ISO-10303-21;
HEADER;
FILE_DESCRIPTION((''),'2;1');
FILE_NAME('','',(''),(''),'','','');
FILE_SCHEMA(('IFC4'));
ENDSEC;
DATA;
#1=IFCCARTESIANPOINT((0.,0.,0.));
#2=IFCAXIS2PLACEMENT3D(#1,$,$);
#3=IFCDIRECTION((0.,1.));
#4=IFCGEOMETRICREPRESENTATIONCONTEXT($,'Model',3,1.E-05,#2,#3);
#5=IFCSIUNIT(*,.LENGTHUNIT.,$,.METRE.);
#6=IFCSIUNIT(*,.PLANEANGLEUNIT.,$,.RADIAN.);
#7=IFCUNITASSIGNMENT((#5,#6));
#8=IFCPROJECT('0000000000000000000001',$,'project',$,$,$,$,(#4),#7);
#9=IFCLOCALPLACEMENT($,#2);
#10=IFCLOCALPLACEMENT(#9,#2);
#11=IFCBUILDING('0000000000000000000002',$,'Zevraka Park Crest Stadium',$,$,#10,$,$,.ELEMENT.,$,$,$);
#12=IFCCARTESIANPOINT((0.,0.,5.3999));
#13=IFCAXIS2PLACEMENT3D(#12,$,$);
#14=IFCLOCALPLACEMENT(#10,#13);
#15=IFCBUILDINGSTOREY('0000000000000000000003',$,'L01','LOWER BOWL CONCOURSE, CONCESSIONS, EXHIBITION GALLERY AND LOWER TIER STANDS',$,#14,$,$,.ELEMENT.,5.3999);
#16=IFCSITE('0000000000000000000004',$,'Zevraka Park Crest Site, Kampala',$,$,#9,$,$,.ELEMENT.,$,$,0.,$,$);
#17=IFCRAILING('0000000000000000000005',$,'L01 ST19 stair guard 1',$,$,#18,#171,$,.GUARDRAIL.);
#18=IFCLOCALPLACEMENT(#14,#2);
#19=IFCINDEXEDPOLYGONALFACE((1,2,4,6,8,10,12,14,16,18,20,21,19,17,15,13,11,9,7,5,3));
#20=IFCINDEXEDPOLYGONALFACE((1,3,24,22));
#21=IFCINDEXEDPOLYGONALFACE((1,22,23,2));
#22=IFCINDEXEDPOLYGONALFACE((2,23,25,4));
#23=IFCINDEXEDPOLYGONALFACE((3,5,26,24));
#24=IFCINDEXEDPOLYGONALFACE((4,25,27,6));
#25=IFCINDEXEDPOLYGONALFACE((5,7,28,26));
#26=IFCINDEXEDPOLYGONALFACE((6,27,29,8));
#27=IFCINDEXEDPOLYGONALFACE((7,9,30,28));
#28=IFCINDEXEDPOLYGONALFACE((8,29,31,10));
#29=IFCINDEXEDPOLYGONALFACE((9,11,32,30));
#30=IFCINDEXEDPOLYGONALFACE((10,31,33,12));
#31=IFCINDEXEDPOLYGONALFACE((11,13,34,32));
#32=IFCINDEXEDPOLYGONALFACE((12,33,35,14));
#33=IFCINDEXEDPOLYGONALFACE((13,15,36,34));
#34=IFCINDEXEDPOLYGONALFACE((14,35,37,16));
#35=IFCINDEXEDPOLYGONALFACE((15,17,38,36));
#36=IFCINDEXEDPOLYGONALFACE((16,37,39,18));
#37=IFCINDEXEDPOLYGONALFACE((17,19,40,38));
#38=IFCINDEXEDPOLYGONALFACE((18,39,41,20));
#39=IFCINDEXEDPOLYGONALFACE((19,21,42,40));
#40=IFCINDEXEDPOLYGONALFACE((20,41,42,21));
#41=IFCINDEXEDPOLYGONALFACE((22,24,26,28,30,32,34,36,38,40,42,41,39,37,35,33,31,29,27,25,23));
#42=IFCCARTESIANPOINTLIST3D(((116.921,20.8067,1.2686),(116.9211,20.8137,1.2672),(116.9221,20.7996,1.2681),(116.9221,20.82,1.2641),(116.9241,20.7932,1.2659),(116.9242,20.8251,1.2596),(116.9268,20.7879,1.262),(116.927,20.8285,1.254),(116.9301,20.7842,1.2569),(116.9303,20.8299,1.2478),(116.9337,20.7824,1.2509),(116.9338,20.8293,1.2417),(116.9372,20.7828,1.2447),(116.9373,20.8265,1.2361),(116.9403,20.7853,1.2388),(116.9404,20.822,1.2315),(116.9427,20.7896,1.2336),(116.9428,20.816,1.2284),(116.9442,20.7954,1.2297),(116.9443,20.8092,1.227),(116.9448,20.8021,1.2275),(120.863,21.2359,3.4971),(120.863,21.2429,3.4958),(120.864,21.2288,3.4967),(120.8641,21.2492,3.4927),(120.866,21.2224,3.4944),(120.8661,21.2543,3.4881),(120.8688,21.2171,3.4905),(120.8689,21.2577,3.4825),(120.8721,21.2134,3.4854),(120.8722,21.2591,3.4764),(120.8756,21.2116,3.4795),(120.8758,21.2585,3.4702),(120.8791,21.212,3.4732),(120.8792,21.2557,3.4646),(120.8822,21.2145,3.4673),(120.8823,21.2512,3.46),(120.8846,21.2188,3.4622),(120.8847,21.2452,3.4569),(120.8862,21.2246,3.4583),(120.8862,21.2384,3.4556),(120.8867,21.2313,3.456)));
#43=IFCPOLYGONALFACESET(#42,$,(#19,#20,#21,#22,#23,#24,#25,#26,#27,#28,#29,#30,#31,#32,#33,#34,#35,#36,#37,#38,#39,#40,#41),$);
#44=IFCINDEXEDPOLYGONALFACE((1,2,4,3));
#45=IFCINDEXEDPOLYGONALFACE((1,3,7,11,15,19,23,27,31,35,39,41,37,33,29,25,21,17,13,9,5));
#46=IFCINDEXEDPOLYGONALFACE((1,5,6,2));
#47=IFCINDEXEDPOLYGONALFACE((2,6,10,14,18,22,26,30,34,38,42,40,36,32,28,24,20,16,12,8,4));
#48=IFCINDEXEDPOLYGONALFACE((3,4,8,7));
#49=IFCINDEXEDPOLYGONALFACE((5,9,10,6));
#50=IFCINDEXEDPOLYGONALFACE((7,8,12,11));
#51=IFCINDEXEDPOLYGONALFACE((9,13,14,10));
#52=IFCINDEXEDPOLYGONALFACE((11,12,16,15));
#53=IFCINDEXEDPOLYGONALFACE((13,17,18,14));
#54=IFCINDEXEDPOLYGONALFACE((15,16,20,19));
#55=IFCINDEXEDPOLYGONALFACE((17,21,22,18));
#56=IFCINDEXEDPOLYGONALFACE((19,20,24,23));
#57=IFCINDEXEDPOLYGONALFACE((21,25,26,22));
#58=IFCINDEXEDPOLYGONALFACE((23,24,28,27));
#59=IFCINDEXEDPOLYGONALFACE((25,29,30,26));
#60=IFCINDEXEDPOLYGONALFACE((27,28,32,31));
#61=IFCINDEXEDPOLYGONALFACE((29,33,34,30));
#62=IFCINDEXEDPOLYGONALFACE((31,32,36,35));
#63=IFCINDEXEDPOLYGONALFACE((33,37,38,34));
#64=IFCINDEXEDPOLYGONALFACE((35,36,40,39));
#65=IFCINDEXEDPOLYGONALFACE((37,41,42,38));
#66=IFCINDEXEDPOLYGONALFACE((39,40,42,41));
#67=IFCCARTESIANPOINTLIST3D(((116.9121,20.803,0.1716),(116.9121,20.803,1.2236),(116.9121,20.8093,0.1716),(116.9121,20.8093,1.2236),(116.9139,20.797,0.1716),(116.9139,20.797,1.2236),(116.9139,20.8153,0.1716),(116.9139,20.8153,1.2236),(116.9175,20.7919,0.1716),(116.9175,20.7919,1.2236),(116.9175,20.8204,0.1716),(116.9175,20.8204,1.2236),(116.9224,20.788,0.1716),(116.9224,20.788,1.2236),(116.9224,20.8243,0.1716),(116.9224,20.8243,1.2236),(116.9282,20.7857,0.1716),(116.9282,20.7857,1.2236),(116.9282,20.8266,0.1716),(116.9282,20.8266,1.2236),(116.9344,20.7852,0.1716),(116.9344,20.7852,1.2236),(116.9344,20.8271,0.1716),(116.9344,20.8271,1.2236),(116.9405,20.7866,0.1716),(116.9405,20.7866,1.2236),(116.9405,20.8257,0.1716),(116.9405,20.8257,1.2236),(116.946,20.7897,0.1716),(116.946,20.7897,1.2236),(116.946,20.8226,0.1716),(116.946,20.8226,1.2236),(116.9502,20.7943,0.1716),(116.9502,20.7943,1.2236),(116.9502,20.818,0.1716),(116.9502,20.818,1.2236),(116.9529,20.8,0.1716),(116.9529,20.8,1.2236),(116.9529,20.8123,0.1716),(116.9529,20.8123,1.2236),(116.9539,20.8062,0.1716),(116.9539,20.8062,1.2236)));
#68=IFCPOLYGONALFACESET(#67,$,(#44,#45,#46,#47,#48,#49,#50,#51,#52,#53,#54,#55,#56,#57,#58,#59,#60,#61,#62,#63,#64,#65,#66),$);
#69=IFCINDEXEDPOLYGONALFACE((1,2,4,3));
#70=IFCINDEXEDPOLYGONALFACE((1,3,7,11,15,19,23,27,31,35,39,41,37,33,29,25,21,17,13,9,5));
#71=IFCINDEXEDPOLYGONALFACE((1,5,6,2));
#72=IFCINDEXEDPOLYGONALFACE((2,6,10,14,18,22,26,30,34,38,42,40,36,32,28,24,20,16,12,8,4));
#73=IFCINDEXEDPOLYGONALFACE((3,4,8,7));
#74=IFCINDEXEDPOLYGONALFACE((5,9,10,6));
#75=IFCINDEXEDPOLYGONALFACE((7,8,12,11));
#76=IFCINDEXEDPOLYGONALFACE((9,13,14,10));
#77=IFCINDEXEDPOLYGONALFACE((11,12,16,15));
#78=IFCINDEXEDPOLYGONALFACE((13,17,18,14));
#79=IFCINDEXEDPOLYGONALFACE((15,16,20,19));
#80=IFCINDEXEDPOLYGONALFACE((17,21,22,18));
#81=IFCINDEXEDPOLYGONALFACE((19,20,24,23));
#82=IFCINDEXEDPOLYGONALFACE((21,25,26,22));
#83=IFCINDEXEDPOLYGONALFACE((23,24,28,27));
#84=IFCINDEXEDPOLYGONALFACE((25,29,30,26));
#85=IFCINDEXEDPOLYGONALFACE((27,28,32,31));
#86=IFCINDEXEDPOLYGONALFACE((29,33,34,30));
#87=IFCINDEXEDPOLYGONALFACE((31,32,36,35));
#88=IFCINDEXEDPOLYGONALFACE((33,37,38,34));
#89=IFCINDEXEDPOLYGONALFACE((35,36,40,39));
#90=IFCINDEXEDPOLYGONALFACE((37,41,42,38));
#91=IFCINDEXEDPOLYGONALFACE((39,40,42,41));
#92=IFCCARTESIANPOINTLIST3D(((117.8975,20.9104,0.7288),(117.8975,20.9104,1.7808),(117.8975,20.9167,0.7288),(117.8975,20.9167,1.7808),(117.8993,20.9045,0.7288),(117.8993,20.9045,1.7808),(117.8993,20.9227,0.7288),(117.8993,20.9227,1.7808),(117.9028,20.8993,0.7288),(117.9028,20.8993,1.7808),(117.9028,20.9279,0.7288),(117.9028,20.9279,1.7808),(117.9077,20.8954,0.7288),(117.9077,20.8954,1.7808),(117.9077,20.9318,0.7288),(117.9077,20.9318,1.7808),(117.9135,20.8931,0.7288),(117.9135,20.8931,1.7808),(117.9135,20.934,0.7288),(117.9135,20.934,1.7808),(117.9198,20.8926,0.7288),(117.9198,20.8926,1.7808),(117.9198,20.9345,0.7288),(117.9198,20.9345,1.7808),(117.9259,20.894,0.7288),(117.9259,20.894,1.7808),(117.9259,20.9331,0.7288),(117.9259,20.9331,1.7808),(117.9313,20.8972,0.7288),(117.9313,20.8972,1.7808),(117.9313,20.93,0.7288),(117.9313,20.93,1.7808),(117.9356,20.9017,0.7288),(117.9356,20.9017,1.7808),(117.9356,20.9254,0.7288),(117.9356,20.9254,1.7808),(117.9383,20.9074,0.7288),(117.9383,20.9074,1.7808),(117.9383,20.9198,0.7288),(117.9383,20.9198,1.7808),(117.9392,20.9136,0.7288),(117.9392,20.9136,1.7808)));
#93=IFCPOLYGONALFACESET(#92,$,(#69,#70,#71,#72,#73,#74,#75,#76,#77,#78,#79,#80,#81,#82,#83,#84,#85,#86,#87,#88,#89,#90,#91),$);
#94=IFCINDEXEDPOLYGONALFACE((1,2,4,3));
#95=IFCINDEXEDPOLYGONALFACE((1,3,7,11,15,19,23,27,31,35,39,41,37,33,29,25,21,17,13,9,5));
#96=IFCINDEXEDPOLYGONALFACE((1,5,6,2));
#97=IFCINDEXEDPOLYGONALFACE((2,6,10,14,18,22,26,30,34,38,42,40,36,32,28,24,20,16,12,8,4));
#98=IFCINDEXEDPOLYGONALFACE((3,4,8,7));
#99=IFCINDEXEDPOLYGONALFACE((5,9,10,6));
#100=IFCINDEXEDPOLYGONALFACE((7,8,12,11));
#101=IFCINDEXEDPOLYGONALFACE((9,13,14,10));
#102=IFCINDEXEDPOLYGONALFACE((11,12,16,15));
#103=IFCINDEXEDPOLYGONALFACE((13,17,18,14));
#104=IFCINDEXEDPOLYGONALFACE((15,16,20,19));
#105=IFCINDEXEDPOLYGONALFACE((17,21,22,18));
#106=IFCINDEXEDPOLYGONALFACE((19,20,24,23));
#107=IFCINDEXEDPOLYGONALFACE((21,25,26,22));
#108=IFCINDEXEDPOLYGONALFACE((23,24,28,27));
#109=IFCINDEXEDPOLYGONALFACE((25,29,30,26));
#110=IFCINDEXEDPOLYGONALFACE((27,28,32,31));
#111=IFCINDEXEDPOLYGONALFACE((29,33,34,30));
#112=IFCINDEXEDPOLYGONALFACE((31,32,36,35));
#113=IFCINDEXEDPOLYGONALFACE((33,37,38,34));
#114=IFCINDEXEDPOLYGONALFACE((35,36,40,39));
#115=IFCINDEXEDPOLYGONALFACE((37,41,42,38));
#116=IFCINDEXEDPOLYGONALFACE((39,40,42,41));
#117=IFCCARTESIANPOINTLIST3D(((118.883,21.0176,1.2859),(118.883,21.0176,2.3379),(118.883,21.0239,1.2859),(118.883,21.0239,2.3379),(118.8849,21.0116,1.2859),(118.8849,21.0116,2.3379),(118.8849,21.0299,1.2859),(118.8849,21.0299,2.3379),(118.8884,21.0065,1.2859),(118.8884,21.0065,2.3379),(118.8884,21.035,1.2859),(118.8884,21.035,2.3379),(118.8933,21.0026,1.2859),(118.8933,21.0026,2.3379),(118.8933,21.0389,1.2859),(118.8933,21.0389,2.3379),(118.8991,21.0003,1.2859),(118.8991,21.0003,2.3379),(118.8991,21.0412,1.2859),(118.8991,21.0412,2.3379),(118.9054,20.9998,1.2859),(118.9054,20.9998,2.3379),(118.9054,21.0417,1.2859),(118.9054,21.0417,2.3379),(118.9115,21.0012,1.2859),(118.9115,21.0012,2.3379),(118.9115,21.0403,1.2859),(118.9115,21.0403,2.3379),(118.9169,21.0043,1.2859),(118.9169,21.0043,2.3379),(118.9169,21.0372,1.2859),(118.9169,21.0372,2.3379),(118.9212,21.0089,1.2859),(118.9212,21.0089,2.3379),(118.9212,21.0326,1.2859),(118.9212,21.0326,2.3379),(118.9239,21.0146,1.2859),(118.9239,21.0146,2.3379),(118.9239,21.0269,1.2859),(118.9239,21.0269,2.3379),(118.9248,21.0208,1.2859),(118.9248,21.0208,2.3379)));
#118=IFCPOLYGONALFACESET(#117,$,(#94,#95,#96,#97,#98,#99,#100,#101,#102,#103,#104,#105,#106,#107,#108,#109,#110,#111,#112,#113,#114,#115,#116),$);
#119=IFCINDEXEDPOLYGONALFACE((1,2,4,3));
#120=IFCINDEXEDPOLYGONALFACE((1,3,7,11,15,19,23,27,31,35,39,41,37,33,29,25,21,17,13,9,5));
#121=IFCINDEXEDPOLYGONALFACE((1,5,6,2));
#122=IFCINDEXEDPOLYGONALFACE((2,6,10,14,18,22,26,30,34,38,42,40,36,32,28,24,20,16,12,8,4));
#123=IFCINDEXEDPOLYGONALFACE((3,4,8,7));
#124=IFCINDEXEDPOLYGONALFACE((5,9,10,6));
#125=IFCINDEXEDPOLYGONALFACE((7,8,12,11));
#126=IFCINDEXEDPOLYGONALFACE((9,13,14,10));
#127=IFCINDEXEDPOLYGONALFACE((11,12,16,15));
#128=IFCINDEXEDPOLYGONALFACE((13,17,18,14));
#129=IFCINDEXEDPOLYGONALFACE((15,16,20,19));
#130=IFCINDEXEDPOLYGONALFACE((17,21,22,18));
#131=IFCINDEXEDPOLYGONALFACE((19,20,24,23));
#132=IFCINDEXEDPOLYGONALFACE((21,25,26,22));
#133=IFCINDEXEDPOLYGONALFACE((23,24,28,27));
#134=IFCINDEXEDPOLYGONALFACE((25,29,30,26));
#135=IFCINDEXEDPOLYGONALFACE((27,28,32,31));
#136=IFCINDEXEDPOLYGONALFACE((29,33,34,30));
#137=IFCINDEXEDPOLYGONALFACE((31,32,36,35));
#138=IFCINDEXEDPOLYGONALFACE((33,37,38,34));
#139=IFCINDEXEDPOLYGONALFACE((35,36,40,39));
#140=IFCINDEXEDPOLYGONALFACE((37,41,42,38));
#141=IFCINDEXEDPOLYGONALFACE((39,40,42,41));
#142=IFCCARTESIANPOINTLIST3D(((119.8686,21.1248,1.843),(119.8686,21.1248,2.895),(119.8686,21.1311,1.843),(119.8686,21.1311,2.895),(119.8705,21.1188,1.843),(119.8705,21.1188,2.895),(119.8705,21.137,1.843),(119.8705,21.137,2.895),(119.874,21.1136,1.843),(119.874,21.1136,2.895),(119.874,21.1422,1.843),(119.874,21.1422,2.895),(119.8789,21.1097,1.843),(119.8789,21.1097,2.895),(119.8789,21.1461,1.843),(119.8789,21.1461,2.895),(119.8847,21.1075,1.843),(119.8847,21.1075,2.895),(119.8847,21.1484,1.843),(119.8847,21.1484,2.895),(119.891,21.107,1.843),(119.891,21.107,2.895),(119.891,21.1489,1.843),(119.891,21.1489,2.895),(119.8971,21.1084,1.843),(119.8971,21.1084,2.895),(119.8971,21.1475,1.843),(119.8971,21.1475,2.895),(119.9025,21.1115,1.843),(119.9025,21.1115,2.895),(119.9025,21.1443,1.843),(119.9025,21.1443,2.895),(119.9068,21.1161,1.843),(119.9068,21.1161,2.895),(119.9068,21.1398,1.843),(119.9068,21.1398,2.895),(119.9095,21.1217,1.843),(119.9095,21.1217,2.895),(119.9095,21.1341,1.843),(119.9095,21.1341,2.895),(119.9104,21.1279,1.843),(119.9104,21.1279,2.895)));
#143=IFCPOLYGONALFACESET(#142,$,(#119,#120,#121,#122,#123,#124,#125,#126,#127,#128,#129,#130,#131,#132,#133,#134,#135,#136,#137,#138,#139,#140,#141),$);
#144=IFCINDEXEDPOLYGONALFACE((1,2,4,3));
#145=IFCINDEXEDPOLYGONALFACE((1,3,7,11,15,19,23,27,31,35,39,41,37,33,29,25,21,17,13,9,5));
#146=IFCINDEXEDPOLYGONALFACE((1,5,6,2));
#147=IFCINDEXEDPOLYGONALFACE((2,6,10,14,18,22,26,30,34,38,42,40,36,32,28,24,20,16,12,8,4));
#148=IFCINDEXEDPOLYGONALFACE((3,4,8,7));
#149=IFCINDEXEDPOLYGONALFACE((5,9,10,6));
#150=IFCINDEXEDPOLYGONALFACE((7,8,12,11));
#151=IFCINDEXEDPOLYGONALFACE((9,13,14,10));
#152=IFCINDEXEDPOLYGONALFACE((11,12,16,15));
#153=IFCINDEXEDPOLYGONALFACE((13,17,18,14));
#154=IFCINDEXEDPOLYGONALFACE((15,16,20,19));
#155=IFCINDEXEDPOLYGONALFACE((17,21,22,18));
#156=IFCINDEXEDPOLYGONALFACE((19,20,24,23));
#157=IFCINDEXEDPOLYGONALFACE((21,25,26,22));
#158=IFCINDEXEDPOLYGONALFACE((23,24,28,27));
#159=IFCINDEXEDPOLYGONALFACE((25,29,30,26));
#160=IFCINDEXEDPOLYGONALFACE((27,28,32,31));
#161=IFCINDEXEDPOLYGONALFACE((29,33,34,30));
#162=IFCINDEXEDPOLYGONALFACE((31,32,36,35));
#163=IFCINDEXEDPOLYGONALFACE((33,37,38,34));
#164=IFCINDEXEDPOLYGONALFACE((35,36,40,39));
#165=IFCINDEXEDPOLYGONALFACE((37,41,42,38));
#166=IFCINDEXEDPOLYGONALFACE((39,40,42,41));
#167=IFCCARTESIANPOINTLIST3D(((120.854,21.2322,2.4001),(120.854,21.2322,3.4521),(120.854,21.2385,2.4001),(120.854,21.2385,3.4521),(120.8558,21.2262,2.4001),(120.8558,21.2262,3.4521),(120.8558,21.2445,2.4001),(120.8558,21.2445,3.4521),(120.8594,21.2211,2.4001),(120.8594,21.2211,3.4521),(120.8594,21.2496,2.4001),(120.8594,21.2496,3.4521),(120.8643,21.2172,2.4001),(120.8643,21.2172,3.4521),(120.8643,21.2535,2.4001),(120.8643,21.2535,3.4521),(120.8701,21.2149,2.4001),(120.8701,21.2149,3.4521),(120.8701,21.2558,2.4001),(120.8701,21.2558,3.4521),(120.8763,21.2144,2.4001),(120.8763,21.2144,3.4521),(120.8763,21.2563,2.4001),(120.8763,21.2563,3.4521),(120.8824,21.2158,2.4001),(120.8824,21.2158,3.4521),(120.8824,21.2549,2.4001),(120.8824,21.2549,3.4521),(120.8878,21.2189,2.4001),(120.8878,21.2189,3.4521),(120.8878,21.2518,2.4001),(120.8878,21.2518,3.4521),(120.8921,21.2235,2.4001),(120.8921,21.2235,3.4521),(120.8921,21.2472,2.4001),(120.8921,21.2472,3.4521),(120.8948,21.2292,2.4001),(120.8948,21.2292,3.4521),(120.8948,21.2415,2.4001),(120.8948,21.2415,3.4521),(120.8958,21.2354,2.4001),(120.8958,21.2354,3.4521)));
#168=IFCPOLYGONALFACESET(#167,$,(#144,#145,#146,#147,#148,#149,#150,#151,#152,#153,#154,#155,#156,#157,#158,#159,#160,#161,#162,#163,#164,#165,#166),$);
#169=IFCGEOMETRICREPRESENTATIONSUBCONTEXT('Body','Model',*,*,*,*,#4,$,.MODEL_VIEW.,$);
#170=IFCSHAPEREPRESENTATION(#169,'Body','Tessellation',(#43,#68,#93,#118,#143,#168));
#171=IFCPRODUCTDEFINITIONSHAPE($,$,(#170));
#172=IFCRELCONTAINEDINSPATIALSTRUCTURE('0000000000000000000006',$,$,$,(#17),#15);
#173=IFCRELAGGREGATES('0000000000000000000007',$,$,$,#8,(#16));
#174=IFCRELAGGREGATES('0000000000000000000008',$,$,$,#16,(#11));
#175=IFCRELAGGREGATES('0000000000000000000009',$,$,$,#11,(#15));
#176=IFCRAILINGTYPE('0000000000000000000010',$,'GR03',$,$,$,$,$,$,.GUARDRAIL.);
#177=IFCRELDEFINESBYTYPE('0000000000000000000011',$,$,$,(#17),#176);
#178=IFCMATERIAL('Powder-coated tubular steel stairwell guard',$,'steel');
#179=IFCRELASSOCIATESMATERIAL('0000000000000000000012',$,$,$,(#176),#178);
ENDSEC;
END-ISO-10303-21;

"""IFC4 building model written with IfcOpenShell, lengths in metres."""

from ifc_helpers import new_model, si_unit, direction, frame, origin, origin_2d, place, context, subcontext, project, spatial, circle, extrude, material, type_object, element, save


model = new_model("IFC4")

# Units and contexts
model_context = context("Model", 3, precision=1e-05, world=origin(), true_north=direction((0.0, 1.0)))
body_context = subcontext(model_context, "Body", "Model", "MODEL_VIEW")
ifc_project = project(units=[si_unit("LENGTHUNIT", "METRE"), si_unit("PLANEANGLEUNIT", "RADIAN")], contexts=[model_context])

# Site, building, storey
site_placement = place(None, origin())
site = spatial("IfcSite", under=ifc_project, at=site_placement, Name="Zevraka Park Crest Site, Kampala", CompositionType="ELEMENT", RefElevation=0.0)
building_placement = place(site_placement, origin())
building = spatial("IfcBuilding", under=site, at=building_placement, Name="Zevraka Park Crest Stadium", CompositionType="ELEMENT")
storey_placement = place(building_placement, frame((0.0, 0.0, 5.3999)))
storey = spatial("IfcBuildingStorey", under=building, at=storey_placement, Name="L01", Description="LOWER BOWL CONCOURSE, CONCESSIONS, EXHIBITION GALLERY AND LOWER TIER STANDS", CompositionType="ELEMENT", Elevation=5.3999)

# Railing
ifc_material_1 = material(Name="Powder-coated tubular steel stairwell guard", Category="steel")
railing_type_1 = type_object("IfcRailingType", Name="GR03", PredefinedType="GUARDRAIL", material=ifc_material_1)
railing_1_placement = place(storey_placement, frame((116.9329, 20.8062, 0.1716)))
element("IfcRailing", 1, at=railing_1_placement, inside=storey, type_object=railing_type_1, Name="L01 ST19 stair guard 1", PredefinedType="GUARDRAIL", context=body_context, shape_type="SweptSolid", body=[
    extrude(circle(Radius=0.0239, at=origin_2d()), frame((0.0, 0.0, 1.0762), z_axis=(0.866633, 0.09436, 0.489943), x_axis=(-0.108242, 0.994125, 0.0)), (0.0, 0.0, 1.0), 4.5486),
    extrude(circle(Radius=0.021, at=origin_2d()), origin(), (0.0, 0.0, 1.0), 1.052),
    extrude(circle(Radius=0.021, at=origin_2d()), frame((0.9854, 0.1074, 0.5571)), (0.0, 0.0, 1.0), 1.052),
    extrude(circle(Radius=0.021, at=origin_2d()), frame((1.9709, 0.2146, 1.1143)), (0.0, 0.0, 1.0), 1.052),
    extrude(circle(Radius=0.021, at=origin_2d()), frame((2.9565, 0.3218, 1.6714)), (0.0, 0.0, 1.0), 1.052),
    extrude(circle(Radius=0.021, at=origin_2d()), frame((3.9419, 0.4292, 2.2285)), (0.0, 0.0, 1.0), 1.052),
])

save(model, "model.ifc")
